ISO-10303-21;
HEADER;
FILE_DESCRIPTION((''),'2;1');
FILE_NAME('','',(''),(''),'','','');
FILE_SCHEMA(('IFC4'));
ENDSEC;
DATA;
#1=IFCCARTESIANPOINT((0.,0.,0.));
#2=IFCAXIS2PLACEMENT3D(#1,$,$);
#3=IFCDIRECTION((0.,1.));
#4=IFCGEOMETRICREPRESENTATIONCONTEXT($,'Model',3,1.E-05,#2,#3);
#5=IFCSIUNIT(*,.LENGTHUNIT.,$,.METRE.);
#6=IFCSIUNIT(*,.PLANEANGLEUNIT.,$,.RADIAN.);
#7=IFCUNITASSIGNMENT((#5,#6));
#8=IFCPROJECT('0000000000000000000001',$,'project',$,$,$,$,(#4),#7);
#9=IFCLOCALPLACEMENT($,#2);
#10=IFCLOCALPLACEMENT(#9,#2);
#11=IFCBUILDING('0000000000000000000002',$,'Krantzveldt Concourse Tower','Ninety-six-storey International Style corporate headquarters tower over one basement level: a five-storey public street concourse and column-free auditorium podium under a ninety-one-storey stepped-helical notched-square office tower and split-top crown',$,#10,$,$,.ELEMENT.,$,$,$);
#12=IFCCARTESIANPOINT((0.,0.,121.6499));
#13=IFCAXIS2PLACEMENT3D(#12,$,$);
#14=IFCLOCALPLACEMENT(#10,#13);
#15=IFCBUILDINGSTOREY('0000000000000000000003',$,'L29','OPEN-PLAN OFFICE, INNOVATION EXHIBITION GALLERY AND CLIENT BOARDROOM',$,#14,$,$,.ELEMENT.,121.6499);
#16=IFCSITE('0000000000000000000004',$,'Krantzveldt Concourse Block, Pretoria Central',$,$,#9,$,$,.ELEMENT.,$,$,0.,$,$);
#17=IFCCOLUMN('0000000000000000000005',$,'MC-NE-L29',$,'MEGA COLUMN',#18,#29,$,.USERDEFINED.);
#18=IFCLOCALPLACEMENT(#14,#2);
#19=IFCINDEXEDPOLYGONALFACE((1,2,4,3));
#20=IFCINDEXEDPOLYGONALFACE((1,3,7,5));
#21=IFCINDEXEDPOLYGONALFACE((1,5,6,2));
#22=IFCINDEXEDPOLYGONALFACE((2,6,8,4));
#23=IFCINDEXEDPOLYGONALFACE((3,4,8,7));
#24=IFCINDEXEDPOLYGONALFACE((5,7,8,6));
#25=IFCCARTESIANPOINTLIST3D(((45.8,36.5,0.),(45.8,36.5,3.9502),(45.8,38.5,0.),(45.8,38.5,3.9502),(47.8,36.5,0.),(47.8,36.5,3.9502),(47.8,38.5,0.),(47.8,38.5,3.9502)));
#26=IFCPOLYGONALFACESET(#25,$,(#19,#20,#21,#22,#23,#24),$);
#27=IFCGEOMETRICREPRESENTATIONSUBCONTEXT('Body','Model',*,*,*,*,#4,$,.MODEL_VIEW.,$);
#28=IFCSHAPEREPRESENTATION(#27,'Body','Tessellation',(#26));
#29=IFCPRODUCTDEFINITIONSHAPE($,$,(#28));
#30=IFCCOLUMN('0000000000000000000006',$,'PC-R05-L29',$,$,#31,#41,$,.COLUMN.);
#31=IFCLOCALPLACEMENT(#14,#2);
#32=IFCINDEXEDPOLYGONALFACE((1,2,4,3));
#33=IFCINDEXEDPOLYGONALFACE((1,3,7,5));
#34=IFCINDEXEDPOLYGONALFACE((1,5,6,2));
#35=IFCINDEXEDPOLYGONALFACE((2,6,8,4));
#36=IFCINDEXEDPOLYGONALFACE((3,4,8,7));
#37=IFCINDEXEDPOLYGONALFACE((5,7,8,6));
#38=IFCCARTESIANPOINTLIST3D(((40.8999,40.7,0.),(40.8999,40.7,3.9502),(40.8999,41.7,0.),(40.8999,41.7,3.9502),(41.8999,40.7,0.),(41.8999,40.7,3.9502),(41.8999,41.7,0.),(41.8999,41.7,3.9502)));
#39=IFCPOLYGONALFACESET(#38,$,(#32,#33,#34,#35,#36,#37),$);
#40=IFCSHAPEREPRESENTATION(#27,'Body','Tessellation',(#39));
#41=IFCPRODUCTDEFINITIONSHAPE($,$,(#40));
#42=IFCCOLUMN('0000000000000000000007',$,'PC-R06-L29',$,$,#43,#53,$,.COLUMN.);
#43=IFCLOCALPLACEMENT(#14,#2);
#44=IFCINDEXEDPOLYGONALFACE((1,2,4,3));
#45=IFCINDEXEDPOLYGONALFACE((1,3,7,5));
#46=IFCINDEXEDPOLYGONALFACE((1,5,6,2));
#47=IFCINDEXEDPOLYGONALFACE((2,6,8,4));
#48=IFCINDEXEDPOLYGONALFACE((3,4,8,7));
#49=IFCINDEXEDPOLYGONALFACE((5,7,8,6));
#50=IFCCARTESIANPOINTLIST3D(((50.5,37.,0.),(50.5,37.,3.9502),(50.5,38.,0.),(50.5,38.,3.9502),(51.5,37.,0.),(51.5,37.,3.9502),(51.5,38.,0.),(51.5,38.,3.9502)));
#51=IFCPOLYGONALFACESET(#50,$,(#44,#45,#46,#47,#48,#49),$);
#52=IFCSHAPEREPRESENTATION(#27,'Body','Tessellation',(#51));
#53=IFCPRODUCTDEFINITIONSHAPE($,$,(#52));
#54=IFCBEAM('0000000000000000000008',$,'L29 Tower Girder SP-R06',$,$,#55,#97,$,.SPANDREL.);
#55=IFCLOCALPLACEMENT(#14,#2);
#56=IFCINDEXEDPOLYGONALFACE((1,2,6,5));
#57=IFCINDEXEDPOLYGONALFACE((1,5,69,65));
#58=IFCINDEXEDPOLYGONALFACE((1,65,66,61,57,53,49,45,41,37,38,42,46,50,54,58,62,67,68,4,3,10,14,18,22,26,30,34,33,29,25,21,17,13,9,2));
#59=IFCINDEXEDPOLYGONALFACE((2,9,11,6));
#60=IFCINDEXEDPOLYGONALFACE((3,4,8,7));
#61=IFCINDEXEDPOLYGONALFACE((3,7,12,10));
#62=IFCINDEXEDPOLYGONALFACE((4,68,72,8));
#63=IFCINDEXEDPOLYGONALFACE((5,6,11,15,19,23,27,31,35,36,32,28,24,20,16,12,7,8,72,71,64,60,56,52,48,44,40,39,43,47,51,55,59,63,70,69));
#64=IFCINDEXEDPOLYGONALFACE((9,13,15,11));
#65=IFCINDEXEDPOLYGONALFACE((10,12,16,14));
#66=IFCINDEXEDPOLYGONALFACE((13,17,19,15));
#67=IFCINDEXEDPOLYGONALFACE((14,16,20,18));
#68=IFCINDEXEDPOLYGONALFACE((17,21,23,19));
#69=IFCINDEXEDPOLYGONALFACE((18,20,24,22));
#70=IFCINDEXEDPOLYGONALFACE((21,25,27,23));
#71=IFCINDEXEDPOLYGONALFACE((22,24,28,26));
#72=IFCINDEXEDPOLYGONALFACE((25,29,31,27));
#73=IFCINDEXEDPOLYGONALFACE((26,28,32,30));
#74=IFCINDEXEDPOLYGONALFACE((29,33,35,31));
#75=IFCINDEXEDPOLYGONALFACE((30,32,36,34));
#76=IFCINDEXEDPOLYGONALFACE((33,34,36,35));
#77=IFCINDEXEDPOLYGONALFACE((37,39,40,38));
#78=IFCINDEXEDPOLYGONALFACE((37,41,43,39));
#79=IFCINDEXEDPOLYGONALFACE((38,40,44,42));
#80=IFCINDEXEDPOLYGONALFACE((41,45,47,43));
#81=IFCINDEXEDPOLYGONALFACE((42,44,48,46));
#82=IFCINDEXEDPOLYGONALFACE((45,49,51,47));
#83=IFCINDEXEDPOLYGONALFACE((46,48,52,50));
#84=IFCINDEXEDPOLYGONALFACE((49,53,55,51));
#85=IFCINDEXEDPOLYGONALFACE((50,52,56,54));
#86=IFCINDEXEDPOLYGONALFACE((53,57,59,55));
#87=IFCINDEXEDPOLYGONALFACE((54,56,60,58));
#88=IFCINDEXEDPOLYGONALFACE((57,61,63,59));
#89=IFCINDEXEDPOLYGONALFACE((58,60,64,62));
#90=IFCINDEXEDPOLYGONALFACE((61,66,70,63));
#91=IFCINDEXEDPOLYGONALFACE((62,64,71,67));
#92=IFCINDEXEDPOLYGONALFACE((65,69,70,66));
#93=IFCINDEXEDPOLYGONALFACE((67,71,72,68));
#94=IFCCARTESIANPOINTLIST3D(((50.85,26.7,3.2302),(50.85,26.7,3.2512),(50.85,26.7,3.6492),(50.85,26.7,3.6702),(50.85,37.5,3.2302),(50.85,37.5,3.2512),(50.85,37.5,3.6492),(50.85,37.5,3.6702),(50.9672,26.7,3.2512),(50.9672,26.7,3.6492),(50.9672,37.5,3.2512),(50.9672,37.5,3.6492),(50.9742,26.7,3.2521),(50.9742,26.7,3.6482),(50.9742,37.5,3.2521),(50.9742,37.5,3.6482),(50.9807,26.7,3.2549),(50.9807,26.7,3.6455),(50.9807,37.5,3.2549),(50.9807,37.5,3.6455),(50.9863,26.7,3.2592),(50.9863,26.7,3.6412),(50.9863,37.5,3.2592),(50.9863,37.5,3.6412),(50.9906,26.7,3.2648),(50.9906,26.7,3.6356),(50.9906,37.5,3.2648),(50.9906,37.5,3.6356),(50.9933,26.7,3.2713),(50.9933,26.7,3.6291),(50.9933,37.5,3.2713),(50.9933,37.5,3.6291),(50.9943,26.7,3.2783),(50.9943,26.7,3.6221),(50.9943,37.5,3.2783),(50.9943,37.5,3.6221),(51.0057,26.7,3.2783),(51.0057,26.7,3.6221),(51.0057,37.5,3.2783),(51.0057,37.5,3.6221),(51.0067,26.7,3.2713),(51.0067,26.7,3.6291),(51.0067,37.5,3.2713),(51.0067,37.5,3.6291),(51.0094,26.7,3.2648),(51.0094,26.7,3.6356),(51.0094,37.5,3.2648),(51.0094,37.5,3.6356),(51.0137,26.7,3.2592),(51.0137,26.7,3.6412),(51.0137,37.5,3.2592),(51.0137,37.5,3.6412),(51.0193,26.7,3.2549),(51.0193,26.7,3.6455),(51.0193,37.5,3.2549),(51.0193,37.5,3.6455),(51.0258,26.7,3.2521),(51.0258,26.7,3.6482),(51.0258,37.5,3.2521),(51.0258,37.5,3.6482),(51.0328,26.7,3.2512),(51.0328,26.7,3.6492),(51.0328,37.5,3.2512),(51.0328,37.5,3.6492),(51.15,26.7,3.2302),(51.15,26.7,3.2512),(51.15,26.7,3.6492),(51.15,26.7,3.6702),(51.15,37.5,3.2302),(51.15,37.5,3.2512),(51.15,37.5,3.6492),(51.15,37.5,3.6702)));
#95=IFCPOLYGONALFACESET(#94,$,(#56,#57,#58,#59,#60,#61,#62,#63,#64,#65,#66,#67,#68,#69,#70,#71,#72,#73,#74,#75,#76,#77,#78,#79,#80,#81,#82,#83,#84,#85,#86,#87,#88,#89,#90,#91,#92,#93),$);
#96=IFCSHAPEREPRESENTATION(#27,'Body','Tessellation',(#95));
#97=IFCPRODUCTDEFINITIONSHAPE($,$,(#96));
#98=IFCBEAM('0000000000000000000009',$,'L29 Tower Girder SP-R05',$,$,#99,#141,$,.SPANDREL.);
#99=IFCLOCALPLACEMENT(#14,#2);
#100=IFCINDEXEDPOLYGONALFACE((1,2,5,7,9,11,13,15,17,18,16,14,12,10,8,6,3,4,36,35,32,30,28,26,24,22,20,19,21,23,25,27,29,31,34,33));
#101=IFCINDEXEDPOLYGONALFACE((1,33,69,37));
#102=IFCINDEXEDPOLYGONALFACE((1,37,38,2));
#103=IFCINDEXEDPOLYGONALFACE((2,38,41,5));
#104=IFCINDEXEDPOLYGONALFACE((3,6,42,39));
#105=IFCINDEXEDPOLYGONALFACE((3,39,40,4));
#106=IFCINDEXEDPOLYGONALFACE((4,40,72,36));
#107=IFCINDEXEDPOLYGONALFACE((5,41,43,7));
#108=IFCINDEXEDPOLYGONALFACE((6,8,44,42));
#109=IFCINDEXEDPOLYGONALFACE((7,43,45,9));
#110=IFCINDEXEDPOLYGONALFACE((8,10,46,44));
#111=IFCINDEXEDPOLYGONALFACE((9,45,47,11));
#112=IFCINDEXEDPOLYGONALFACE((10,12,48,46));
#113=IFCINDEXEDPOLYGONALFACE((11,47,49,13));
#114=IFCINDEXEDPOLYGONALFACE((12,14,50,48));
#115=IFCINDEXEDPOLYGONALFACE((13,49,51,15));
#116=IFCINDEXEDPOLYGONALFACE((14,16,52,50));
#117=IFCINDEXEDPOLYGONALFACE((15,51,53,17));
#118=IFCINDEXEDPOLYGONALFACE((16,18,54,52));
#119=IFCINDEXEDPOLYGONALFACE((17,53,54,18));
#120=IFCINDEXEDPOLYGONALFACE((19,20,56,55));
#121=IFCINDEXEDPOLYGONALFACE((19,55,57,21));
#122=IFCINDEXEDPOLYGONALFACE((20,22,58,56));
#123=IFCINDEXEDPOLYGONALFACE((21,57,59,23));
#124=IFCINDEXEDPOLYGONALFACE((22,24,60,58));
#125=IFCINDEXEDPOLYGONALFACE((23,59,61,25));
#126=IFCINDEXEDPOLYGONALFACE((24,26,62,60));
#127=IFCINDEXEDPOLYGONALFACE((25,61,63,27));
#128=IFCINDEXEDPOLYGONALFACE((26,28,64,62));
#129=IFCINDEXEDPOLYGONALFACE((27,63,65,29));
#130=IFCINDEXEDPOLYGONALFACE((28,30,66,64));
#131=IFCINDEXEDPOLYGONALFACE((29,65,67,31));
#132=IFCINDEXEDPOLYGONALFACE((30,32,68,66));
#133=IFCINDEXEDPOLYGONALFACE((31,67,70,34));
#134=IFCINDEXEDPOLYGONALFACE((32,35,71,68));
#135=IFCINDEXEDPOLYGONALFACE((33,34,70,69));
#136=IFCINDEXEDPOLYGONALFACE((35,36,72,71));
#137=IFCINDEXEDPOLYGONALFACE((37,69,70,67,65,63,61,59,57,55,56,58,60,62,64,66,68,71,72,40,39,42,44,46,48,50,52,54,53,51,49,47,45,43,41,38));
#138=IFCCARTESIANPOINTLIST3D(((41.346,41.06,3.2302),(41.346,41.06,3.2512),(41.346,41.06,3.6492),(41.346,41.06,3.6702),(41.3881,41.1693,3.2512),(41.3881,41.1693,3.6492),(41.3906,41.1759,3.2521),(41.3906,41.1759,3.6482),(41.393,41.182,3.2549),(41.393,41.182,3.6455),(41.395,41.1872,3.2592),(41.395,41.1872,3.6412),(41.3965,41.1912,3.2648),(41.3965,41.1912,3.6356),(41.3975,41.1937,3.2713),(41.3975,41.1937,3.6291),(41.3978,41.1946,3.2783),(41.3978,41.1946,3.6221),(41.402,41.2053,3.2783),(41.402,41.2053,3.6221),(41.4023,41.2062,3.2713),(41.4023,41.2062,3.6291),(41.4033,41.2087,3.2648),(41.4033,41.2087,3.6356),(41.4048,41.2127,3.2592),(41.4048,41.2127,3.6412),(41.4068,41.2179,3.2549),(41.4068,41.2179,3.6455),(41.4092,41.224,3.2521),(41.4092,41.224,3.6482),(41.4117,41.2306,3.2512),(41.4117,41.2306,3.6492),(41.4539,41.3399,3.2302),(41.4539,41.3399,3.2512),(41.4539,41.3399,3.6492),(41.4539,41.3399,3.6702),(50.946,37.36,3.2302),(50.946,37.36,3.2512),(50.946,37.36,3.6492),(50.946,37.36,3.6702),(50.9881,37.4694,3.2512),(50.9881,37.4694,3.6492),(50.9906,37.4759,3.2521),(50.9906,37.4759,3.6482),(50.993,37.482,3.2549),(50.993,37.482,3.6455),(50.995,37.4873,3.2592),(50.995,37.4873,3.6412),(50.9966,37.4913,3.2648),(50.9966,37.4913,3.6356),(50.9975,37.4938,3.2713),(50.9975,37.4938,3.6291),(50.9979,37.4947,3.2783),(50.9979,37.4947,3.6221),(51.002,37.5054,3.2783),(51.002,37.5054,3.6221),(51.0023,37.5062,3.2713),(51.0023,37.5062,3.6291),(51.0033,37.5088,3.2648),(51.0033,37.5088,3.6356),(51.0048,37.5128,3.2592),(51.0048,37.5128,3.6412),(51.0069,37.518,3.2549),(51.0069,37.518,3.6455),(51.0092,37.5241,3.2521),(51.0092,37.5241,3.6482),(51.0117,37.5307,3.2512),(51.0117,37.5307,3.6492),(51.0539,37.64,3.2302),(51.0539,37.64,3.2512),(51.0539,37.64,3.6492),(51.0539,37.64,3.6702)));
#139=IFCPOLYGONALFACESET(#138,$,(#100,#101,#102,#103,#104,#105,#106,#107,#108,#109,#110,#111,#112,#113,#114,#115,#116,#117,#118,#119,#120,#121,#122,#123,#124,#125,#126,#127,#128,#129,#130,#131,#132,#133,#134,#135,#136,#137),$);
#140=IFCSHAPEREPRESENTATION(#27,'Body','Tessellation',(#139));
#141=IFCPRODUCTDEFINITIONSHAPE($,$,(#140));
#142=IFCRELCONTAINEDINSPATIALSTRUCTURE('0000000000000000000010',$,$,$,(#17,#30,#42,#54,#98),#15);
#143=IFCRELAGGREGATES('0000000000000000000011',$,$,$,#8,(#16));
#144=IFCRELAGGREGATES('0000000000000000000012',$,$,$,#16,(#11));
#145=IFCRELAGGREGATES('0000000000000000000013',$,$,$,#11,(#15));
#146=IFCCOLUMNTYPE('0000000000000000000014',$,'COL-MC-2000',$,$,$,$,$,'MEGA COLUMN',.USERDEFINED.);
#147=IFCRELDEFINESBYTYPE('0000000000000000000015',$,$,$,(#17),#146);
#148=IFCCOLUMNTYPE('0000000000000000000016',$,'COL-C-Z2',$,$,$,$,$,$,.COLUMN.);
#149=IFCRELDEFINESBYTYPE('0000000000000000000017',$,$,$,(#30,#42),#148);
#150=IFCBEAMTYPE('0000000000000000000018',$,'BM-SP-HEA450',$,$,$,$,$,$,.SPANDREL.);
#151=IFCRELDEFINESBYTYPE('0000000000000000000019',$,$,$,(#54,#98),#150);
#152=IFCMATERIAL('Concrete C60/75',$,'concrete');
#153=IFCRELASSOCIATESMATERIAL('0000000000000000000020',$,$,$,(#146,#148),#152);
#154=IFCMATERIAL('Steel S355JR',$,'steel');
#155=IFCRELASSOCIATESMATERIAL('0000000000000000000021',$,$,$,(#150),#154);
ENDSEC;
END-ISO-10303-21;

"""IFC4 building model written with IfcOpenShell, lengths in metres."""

from ifc_helpers import new_model, si_unit, direction, frame, origin, origin_2d, place, context, subcontext, project, spatial, rectangle, i_section, extrude, source, transform, mapped, material, material_profile, profile_set, type_object, type_shapes, element, save


model = new_model("IFC4")

# Units and contexts
model_context = context("Model", 3, precision=1e-05, world=origin(), true_north=direction((0.0, 1.0)))
body_context = subcontext(model_context, "Body", "Model", "MODEL_VIEW")
ifc_project = project(units=[si_unit("LENGTHUNIT", "METRE"), si_unit("PLANEANGLEUNIT", "RADIAN")], contexts=[model_context])

# Site, building, storey
site_placement = place(None, origin())
site = spatial("IfcSite", under=ifc_project, at=site_placement, Name="Krantzveldt Concourse Block, Pretoria Central", CompositionType="ELEMENT", RefElevation=0.0)
building_placement = place(site_placement, origin())
building = spatial("IfcBuilding", under=site, at=building_placement, Name="Krantzveldt Concourse Tower", Description="Ninety-six-storey International Style corporate headquarters tower over one basement level: a five-storey public street concourse and column-free auditorium podium under a ninety-one-storey stepped-helical notched-square office tower and split-top crown", CompositionType="ELEMENT")
storey_placement = place(building_placement, frame((0.0, 0.0, 121.6499)))
storey = spatial("IfcBuildingStorey", under=building, at=storey_placement, Name="L29", Description="OPEN-PLAN OFFICE, INNOVATION EXHIBITION GALLERY AND CLIENT BOARDROOM", CompositionType="ELEMENT", Elevation=121.6499)

# Columns
ifc_material_1 = material(Name="Concrete C60/75", Category="concrete")
ifc_material_profile_1 = material_profile(ifc_material_1, rectangle(XDim=2.0, YDim=2.0, at=origin_2d()), Name="Concrete C60/75", Category="concrete")
ifc_profile_set_1 = profile_set([ifc_material_profile_1], Name="Concrete C60/75 - RC 2000x2000")
column_type_1 = type_object("IfcColumnType", Name="COL-MC-2000", ElementType="MEGA COLUMN", PredefinedType="USERDEFINED", material=ifc_profile_set_1)
shared_shape_1 = source(origin(), body_context, "Body", "SweptSolid", [
    extrude(rectangle(XDim=2.0, YDim=2.0, at=origin_2d()), origin(), (0.0, 0.0, 1.0), 3.9502),
])
type_shapes(column_type_1, [shared_shape_1])
column_placement = place(storey_placement, frame((46.8, 37.5, 0.0), z_axis=(0.0, 0.0, 1.0), x_axis=(1.0, 0.0, 0.0)))
element("IfcColumn", 1, at=column_placement, inside=storey, type_object=column_type_1, Name="MC-NE-L29", ObjectType="MEGA COLUMN", PredefinedType="USERDEFINED", context=body_context, shape_type="MappedRepresentation", body=[
    mapped(shared_shape_1, transform((0.0, 0.0, 0.0), x_axis=(1.0, 0.0, 0.0), y_axis=(0.0, 1.0, 0.0), z_axis=(0.0, 0.0, 1.0), scale=1.0)),
])
ifc_material_profile_2 = material_profile(ifc_material_1, rectangle(XDim=1.0, YDim=1.0, at=origin_2d()), Name="Concrete C60/75", Category="concrete")
ifc_profile_set_2 = profile_set([ifc_material_profile_2], Name="Concrete C60/75 - RC 1000x1000")
column_type_2 = type_object("IfcColumnType", Name="COL-C-Z2", PredefinedType="COLUMN", material=ifc_profile_set_2)
shared_shape_2 = source(origin(), body_context, "Body", "SweptSolid", [
    extrude(rectangle(XDim=1.0, YDim=1.0, at=origin_2d()), origin(), (0.0, 0.0, 1.0), 3.9502),
])
type_shapes(column_type_2, [shared_shape_2])
for number, where, z_axis, x_axis, name in (
    (2, (41.3999, 41.2, 0.0), (0.0, 0.0, 1.0), (1.0, 0.0, 0.0), "PC-R05-L29"),
    (3, (51.0, 37.5, 0.0), (0.0, 0.0, 1.0), (1.0, 0.0, 0.0), "PC-R06-L29"),
):
    element("IfcColumn", number, at=place(storey_placement, frame(where, z_axis=z_axis, x_axis=x_axis)), inside=storey, type_object=column_type_2, Name=name, PredefinedType="COLUMN", context=body_context, shape_type="MappedRepresentation", body=[
        mapped(shared_shape_2, transform((0.0, 0.0, 0.0), x_axis=(1.0, 0.0, 0.0), y_axis=(0.0, 1.0, 0.0), z_axis=(0.0, 0.0, 1.0), scale=1.0)),
    ])

# Beams
ifc_material_2 = material(Name="Steel S355JR", Category="steel")
ifc_material_profile_3 = material_profile(ifc_material_2, i_section(OverallWidth=0.3, OverallDepth=0.4399, WebThickness=0.0115, FlangeThickness=0.021, FilletRadius=0.0271, at=origin_2d()), Name="Steel S355JR", Category="steel")
ifc_profile_set_3 = profile_set([ifc_material_profile_3], Name="Steel S355JR - HEA 450")
beam_type_1 = type_object("IfcBeamType", Name="BM-SP-HEA450", PredefinedType="SPANDREL", material=ifc_profile_set_3)
shared_shape_3 = source(origin(), body_context, "Body", "SweptSolid", [
    extrude(i_section(OverallWidth=0.3, OverallDepth=0.4399, WebThickness=0.0115, FlangeThickness=0.021, FilletRadius=0.0271, at=origin_2d()), origin(), (0.0, 0.0, 1.0), 10.8),
])
beam_1_placement = place(storey_placement, frame((51.0, 37.5, 3.4502), z_axis=(0.0, -1.0, 0.0), x_axis=(1.0, 0.0, 0.0)))
element("IfcBeam", 4, at=beam_1_placement, inside=storey, type_object=beam_type_1, Name="L29 Tower Girder SP-R06", PredefinedType="SPANDREL", context=body_context, shape_type="MappedRepresentation", body=[
    mapped(shared_shape_3, transform((0.0, 0.0, 0.0), x_axis=(1.0, 0.0, 0.0), y_axis=(0.0, 1.0, 0.0), z_axis=(0.0, 0.0, 1.0), scale=1.0)),
])
shared_shape_4 = source(origin(), body_context, "Body", "SweptSolid", [
    extrude(i_section(OverallWidth=0.3, OverallDepth=0.4399, WebThickness=0.0115, FlangeThickness=0.021, FilletRadius=0.0271, at=origin_2d()), origin(), (0.0, 0.0, 1.0), 10.2883),
])
type_shapes(beam_type_1, [shared_shape_3, shared_shape_4])
beam_2_placement = place(storey_placement, frame((41.3999, 41.2, 3.4502), z_axis=(0.933098, -0.359623, 0.0), x_axis=(0.359623, 0.933098, 0.0)))
element("IfcBeam", 5, at=beam_2_placement, inside=storey, type_object=beam_type_1, Name="L29 Tower Girder SP-R05", PredefinedType="SPANDREL", context=body_context, shape_type="MappedRepresentation", body=[
    mapped(shared_shape_4, transform((0.0, 0.0, 0.0), x_axis=(1.0, 0.0, 0.0), y_axis=(0.0, 1.0, 0.0), z_axis=(0.0, 0.0, 1.0), scale=1.0)),
])

save(model, "model.ifc")
